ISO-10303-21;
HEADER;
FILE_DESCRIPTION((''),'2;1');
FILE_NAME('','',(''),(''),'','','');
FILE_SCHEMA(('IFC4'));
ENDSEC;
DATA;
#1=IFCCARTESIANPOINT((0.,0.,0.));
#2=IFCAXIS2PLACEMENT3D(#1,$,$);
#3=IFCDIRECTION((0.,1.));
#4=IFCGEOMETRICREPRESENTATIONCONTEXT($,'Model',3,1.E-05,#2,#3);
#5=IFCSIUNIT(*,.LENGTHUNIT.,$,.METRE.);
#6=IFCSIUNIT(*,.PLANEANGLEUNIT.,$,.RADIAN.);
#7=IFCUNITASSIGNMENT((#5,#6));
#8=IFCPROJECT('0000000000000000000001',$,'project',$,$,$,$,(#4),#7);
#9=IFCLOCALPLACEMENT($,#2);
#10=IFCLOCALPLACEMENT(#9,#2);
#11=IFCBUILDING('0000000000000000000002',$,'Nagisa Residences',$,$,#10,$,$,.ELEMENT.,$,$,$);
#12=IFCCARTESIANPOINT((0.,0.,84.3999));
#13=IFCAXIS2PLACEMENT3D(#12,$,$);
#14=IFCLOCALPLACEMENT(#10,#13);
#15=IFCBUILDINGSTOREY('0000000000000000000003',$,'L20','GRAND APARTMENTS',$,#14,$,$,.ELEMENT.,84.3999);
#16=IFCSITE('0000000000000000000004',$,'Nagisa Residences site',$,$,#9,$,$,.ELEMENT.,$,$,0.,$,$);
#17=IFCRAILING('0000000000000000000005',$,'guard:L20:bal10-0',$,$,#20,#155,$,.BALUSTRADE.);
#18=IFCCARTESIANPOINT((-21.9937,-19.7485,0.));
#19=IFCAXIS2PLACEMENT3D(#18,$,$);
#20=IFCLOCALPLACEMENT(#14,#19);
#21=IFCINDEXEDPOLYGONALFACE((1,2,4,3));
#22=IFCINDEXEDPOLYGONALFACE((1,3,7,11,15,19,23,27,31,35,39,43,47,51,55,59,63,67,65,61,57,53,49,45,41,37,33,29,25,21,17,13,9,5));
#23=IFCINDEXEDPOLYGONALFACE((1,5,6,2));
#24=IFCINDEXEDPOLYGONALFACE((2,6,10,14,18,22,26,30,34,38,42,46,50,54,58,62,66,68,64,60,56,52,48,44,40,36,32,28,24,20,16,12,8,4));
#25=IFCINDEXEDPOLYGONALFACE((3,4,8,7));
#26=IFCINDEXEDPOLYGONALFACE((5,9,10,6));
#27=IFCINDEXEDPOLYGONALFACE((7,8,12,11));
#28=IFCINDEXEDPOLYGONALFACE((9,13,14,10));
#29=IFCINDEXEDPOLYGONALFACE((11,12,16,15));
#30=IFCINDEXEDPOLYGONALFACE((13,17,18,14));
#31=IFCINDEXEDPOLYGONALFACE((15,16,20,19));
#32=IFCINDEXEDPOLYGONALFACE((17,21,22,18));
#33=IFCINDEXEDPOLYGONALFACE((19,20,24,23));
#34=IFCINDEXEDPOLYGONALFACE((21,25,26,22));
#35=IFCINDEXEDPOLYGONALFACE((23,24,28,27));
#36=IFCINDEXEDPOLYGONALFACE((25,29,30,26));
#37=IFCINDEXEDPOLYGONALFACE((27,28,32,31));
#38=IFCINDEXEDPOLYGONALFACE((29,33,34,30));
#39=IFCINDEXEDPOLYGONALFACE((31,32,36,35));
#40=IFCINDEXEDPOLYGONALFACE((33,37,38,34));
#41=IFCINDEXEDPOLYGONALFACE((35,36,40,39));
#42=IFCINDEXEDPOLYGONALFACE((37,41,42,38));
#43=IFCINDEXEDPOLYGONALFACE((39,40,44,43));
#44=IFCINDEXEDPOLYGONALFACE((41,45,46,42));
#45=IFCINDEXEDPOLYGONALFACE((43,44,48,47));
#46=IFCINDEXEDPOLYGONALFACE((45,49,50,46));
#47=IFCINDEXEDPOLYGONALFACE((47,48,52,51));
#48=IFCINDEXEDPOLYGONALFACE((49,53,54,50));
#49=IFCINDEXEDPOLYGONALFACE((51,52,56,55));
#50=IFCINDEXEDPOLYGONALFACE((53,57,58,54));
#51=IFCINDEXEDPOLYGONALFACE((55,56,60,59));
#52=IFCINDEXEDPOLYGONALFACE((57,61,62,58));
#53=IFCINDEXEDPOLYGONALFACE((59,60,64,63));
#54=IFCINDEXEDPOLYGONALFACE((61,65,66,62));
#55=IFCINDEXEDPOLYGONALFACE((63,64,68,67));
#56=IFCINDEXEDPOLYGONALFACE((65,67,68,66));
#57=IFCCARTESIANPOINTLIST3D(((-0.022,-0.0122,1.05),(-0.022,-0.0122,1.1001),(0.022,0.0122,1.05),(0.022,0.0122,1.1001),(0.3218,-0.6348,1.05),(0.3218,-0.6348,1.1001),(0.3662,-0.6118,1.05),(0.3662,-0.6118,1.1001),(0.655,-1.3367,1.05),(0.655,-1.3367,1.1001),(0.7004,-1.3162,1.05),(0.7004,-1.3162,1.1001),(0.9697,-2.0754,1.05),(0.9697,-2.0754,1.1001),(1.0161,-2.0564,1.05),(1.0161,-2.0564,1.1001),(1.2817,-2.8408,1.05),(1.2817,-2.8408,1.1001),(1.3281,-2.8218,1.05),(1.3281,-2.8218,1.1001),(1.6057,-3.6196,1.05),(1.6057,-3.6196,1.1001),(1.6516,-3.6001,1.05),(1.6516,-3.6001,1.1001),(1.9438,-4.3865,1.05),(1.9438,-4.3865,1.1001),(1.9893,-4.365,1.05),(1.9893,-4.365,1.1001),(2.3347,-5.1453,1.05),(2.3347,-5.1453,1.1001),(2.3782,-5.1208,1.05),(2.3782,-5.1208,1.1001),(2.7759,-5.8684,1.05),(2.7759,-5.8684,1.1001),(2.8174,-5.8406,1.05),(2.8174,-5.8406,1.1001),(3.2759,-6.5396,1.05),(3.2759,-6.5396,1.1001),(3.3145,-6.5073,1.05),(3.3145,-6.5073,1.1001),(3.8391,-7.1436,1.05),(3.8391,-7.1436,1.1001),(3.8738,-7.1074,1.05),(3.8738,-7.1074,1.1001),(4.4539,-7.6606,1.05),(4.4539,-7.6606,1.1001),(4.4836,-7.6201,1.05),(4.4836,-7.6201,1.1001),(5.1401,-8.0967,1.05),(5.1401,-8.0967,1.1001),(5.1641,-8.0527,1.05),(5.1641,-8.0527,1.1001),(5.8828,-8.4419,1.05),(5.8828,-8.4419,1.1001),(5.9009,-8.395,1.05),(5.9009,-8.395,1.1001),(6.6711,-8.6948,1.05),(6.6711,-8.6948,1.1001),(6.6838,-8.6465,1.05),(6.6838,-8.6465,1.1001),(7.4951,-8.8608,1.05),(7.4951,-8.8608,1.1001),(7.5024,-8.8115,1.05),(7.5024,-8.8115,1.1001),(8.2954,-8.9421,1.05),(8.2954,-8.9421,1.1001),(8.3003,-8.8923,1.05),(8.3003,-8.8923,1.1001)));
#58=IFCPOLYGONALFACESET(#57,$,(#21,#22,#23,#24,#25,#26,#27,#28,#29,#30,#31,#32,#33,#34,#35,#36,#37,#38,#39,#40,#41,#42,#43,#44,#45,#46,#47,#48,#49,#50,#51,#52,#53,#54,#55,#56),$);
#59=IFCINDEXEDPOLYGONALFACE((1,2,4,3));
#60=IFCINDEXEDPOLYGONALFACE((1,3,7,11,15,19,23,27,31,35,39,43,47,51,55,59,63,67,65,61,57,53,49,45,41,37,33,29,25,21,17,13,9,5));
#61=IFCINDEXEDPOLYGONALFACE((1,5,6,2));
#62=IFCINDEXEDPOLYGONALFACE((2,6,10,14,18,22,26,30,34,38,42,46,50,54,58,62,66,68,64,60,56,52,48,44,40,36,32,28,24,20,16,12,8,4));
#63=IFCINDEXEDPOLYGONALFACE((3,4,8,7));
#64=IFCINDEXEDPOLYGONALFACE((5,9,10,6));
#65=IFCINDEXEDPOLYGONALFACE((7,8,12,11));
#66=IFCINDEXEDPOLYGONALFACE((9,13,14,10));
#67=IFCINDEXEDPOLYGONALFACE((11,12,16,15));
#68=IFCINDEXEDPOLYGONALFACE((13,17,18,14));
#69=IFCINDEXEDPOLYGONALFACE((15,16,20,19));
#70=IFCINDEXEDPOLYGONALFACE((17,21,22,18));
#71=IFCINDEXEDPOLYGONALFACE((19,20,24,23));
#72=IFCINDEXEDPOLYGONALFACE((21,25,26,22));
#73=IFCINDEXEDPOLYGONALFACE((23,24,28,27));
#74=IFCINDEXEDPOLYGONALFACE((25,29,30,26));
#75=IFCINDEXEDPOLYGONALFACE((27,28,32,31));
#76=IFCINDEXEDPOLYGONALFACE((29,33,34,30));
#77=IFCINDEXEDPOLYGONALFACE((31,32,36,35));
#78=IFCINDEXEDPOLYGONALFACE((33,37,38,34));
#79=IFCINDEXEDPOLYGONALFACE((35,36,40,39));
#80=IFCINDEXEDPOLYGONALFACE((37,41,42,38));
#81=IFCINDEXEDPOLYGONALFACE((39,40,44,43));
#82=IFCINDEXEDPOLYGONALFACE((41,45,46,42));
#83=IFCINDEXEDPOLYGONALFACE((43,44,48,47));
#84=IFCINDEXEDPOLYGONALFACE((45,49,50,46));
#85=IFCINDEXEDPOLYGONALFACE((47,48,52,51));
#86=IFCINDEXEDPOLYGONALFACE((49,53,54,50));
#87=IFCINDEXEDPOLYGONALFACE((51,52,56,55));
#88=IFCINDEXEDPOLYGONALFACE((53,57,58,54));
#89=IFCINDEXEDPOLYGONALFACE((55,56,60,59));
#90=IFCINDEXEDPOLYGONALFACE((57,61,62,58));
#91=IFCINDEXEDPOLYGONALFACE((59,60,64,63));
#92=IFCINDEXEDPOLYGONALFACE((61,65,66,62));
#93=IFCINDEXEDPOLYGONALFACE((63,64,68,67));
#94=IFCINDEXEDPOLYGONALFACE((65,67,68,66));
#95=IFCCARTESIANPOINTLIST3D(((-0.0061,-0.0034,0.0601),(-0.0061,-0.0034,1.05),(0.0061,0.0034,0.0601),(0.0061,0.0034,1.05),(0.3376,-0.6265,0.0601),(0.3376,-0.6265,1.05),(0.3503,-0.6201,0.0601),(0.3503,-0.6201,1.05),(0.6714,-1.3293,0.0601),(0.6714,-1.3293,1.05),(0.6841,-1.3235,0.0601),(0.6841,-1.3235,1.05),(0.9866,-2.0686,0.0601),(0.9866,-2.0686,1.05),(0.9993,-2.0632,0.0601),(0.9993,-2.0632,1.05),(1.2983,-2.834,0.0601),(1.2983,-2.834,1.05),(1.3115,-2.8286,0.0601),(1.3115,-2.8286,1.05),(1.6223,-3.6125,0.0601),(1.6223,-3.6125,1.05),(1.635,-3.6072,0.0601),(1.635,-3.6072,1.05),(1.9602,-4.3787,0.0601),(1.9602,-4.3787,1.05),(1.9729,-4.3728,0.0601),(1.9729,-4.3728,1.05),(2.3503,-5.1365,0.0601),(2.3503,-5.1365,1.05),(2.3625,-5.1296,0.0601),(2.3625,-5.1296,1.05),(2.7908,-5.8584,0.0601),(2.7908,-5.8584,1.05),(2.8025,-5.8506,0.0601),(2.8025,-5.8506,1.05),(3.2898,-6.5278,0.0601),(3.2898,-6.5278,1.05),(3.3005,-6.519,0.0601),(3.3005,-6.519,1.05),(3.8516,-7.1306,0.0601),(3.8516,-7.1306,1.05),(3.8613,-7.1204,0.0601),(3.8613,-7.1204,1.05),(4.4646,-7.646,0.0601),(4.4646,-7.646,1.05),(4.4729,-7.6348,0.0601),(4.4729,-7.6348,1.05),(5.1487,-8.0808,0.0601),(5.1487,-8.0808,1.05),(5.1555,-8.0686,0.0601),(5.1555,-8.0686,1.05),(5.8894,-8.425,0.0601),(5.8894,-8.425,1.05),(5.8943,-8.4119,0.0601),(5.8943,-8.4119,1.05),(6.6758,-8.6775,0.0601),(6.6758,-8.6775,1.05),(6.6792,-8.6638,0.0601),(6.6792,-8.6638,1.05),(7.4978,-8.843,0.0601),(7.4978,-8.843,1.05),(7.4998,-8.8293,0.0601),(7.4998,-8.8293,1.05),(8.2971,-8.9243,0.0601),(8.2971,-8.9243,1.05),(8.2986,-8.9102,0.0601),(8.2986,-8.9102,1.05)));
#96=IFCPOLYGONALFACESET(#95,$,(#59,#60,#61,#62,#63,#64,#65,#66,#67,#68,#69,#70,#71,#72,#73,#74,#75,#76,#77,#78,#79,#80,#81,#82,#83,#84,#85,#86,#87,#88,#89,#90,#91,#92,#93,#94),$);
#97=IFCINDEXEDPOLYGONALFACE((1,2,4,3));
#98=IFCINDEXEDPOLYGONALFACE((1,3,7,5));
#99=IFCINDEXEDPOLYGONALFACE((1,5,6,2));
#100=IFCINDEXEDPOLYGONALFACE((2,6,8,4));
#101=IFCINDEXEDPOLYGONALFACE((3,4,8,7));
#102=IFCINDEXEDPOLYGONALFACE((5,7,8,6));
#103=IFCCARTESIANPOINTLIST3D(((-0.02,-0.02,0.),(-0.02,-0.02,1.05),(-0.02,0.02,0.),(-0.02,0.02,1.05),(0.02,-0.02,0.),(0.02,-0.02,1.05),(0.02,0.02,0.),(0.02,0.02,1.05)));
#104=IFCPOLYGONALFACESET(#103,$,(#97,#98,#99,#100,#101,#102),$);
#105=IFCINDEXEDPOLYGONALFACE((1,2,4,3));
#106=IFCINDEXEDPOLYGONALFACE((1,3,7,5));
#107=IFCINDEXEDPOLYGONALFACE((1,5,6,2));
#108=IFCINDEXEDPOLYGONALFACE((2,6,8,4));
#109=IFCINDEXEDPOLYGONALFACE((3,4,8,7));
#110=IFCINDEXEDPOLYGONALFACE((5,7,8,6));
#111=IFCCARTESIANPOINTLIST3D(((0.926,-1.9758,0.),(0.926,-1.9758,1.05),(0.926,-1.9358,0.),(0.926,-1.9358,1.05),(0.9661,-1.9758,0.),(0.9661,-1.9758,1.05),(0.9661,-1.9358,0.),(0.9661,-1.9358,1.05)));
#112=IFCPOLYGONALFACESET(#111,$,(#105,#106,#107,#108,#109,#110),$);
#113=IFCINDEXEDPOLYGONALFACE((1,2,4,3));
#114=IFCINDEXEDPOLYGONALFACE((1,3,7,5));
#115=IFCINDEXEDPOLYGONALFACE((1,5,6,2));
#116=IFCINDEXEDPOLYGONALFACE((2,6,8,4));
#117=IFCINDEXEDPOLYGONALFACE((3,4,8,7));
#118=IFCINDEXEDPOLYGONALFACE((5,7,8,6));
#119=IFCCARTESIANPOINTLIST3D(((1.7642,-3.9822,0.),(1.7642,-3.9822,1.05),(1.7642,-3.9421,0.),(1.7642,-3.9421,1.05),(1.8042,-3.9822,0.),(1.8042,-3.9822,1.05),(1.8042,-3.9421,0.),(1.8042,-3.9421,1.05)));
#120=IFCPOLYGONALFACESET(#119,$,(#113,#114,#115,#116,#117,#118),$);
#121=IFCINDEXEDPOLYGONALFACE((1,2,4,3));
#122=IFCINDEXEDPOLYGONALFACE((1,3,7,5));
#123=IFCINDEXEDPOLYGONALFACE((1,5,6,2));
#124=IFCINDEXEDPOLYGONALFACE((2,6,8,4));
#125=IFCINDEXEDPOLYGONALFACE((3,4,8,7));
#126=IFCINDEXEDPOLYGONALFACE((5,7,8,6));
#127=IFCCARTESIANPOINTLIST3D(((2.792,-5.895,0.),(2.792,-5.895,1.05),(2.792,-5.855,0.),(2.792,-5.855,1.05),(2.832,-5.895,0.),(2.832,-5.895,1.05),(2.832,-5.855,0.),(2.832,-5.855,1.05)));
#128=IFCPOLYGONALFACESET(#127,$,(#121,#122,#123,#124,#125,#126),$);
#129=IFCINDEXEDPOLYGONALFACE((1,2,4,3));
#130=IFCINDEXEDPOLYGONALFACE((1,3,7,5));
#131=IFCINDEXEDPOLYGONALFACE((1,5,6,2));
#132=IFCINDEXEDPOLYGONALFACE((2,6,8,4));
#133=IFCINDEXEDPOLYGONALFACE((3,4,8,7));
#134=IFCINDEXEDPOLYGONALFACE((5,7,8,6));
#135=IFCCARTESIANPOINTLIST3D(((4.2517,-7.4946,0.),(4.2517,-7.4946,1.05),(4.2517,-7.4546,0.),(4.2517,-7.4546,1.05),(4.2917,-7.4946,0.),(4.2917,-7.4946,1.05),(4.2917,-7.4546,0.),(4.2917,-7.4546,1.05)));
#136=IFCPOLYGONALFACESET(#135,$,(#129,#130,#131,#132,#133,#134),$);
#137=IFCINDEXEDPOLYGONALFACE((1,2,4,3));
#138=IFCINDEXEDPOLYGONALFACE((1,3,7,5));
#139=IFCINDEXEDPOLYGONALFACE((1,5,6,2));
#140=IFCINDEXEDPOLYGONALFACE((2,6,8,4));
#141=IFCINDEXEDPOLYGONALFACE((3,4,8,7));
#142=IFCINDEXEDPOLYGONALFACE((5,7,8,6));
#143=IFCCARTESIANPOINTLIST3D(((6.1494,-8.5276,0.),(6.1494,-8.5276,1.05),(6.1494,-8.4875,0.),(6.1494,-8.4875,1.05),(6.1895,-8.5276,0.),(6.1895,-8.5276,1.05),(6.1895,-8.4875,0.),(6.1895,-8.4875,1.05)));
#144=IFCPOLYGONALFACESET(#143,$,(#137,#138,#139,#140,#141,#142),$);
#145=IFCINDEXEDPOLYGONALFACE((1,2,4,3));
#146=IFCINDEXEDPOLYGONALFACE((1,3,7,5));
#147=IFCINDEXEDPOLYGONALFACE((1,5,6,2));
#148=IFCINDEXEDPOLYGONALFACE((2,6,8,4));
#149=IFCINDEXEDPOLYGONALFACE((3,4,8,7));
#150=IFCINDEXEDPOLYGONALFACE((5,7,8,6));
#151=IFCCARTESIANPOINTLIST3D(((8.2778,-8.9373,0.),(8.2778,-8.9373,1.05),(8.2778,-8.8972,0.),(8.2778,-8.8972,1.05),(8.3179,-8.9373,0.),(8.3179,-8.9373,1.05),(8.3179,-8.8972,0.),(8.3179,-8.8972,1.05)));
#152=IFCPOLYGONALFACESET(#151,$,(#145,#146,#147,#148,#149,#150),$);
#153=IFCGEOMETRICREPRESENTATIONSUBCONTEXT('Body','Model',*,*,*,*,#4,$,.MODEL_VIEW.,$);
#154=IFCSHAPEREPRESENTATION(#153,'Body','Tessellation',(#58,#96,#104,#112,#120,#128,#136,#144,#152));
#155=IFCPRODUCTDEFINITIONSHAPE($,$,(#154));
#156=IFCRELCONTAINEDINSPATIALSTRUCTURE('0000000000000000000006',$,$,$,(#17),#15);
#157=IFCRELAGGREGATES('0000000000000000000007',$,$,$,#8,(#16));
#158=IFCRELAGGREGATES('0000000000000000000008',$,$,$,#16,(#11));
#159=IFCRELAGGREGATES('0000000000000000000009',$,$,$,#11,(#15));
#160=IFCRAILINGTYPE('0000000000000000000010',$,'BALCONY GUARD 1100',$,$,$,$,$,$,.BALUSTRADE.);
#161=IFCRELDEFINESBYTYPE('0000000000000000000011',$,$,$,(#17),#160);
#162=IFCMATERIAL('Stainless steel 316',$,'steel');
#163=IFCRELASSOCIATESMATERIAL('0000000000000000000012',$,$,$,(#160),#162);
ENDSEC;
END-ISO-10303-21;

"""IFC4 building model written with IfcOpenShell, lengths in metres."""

from ifc_helpers import new_model, si_unit, direction, frame, origin, origin_2d, place, context, subcontext, project, spatial, polyline, rectangle, outline, extrude, material, type_object, element, save


model = new_model("IFC4")

# Units and contexts
model_context = context("Model", 3, precision=1e-05, world=origin(), true_north=direction((0.0, 1.0)))
body_context = subcontext(model_context, "Body", "Model", "MODEL_VIEW")
ifc_project = project(units=[si_unit("LENGTHUNIT", "METRE"), si_unit("PLANEANGLEUNIT", "RADIAN")], contexts=[model_context])

# Site, building, storey
site_placement = place(None, origin())
site = spatial("IfcSite", under=ifc_project, at=site_placement, Name="Nagisa Residences site", CompositionType="ELEMENT", RefElevation=0.0)
building_placement = place(site_placement, origin())
building = spatial("IfcBuilding", under=site, at=building_placement, Name="Nagisa Residences", CompositionType="ELEMENT")
storey_placement = place(building_placement, frame((0.0, 0.0, 84.3999)))
storey = spatial("IfcBuildingStorey", under=building, at=storey_placement, Name="L20", Description="GRAND APARTMENTS", CompositionType="ELEMENT", Elevation=84.3999)

# Railing
ifc_material_1 = material(Name="Stainless steel 316", Category="steel")
railing_type = type_object("IfcRailingType", Name="BALCONY GUARD 1100", PredefinedType="BALUSTRADE", material=ifc_material_1)
railing_1_placement = place(storey_placement, frame((-21.9937, -19.7485, 0.0)))
element("IfcRailing", 1, at=railing_1_placement, inside=storey, type_object=railing_type, Name="guard:L20:bal10-0", PredefinedType="BALUSTRADE", context=body_context, shape_type="SweptSolid", body=[
    extrude(outline(polyline([(0.3662, -0.6118), (0.022, 0.0122), (-0.022, -0.0122), (0.3218, -0.6348), (0.655, -1.3367), (0.9697, -2.0754), (1.2817, -2.8408), (1.6057, -3.6196), (1.9438, -4.3865), (2.3347, -5.1453), (2.7759, -5.8684), (3.2759, -6.5396), (3.8391, -7.1436), (4.4539, -7.6606), (5.1401, -8.0967), (5.8828, -8.4419), (6.6711, -8.6948), (7.4951, -8.8608), (8.2954, -8.9421), (8.3003, -8.8923), (7.5024, -8.8115), (6.6838, -8.6465), (5.9009, -8.395), (5.1641, -8.0527), (4.4836, -7.6201), (3.8738, -7.1074), (3.3145, -6.5073), (2.8174, -5.8406), (2.3782, -5.1208), (1.9893, -4.365), (1.6516, -3.6001), (1.3281, -2.8218), (1.0161, -2.0564), (0.7004, -1.3162), (0.3662, -0.6118)])), frame((0.0, 0.0, 1.05)), (0.0, 0.0, 1.0), 0.05),
    extrude(outline(polyline([(0.3503, -0.6201), (0.0061, 0.0034), (-0.0061, -0.0034), (0.3376, -0.6265), (0.6714, -1.3293), (0.9866, -2.0686), (1.2983, -2.834), (1.6223, -3.6125), (1.9602, -4.3787), (2.3503, -5.1365), (2.7908, -5.8584), (3.2898, -6.5278), (3.8516, -7.1306), (4.4646, -7.646), (5.1487, -8.0808), (5.8894, -8.425), (6.6758, -8.6775), (7.4978, -8.843), (8.2971, -8.9243), (8.2986, -8.9102), (7.4998, -8.8293), (6.6792, -8.6638), (5.8943, -8.4119), (5.1555, -8.0686), (4.4729, -7.6348), (3.8613, -7.1204), (3.3005, -6.519), (2.8025, -5.8506), (2.3625, -5.1296), (1.9729, -4.3728), (1.635, -3.6072), (1.3115, -2.8286), (0.9993, -2.0632), (0.6841, -1.3235), (0.3503, -0.6201)])), frame((0.0, 0.0, 0.0601)), (0.0, 0.0, 1.0), 0.99),
    extrude(rectangle(XDim=0.04, YDim=0.04, at=origin_2d()), origin(), (0.0, 0.0, 1.0), 1.05),
    extrude(rectangle(XDim=0.04, YDim=0.04, at=origin_2d()), frame((0.946, -1.9558, 0.0)), (0.0, 0.0, 1.0), 1.05),
    extrude(rectangle(XDim=0.04, YDim=0.04, at=origin_2d()), frame((1.7842, -3.9622, 0.0)), (0.0, 0.0, 1.0), 1.05),
    extrude(rectangle(XDim=0.04, YDim=0.04, at=origin_2d()), frame((2.812, -5.875, 0.0)), (0.0, 0.0, 1.0), 1.05),
    extrude(rectangle(XDim=0.04, YDim=0.04, at=origin_2d()), frame((4.2717, -7.4746, 0.0)), (0.0, 0.0, 1.0), 1.05),
    extrude(rectangle(XDim=0.04, YDim=0.04, at=origin_2d()), frame((6.1694, -8.5076, 0.0)), (0.0, 0.0, 1.0), 1.05),
    extrude(rectangle(XDim=0.04, YDim=0.04, at=origin_2d()), frame((8.2979, -8.9172, 0.0)), (0.0, 0.0, 1.0), 1.05),
])

save(model, "model.ifc")
